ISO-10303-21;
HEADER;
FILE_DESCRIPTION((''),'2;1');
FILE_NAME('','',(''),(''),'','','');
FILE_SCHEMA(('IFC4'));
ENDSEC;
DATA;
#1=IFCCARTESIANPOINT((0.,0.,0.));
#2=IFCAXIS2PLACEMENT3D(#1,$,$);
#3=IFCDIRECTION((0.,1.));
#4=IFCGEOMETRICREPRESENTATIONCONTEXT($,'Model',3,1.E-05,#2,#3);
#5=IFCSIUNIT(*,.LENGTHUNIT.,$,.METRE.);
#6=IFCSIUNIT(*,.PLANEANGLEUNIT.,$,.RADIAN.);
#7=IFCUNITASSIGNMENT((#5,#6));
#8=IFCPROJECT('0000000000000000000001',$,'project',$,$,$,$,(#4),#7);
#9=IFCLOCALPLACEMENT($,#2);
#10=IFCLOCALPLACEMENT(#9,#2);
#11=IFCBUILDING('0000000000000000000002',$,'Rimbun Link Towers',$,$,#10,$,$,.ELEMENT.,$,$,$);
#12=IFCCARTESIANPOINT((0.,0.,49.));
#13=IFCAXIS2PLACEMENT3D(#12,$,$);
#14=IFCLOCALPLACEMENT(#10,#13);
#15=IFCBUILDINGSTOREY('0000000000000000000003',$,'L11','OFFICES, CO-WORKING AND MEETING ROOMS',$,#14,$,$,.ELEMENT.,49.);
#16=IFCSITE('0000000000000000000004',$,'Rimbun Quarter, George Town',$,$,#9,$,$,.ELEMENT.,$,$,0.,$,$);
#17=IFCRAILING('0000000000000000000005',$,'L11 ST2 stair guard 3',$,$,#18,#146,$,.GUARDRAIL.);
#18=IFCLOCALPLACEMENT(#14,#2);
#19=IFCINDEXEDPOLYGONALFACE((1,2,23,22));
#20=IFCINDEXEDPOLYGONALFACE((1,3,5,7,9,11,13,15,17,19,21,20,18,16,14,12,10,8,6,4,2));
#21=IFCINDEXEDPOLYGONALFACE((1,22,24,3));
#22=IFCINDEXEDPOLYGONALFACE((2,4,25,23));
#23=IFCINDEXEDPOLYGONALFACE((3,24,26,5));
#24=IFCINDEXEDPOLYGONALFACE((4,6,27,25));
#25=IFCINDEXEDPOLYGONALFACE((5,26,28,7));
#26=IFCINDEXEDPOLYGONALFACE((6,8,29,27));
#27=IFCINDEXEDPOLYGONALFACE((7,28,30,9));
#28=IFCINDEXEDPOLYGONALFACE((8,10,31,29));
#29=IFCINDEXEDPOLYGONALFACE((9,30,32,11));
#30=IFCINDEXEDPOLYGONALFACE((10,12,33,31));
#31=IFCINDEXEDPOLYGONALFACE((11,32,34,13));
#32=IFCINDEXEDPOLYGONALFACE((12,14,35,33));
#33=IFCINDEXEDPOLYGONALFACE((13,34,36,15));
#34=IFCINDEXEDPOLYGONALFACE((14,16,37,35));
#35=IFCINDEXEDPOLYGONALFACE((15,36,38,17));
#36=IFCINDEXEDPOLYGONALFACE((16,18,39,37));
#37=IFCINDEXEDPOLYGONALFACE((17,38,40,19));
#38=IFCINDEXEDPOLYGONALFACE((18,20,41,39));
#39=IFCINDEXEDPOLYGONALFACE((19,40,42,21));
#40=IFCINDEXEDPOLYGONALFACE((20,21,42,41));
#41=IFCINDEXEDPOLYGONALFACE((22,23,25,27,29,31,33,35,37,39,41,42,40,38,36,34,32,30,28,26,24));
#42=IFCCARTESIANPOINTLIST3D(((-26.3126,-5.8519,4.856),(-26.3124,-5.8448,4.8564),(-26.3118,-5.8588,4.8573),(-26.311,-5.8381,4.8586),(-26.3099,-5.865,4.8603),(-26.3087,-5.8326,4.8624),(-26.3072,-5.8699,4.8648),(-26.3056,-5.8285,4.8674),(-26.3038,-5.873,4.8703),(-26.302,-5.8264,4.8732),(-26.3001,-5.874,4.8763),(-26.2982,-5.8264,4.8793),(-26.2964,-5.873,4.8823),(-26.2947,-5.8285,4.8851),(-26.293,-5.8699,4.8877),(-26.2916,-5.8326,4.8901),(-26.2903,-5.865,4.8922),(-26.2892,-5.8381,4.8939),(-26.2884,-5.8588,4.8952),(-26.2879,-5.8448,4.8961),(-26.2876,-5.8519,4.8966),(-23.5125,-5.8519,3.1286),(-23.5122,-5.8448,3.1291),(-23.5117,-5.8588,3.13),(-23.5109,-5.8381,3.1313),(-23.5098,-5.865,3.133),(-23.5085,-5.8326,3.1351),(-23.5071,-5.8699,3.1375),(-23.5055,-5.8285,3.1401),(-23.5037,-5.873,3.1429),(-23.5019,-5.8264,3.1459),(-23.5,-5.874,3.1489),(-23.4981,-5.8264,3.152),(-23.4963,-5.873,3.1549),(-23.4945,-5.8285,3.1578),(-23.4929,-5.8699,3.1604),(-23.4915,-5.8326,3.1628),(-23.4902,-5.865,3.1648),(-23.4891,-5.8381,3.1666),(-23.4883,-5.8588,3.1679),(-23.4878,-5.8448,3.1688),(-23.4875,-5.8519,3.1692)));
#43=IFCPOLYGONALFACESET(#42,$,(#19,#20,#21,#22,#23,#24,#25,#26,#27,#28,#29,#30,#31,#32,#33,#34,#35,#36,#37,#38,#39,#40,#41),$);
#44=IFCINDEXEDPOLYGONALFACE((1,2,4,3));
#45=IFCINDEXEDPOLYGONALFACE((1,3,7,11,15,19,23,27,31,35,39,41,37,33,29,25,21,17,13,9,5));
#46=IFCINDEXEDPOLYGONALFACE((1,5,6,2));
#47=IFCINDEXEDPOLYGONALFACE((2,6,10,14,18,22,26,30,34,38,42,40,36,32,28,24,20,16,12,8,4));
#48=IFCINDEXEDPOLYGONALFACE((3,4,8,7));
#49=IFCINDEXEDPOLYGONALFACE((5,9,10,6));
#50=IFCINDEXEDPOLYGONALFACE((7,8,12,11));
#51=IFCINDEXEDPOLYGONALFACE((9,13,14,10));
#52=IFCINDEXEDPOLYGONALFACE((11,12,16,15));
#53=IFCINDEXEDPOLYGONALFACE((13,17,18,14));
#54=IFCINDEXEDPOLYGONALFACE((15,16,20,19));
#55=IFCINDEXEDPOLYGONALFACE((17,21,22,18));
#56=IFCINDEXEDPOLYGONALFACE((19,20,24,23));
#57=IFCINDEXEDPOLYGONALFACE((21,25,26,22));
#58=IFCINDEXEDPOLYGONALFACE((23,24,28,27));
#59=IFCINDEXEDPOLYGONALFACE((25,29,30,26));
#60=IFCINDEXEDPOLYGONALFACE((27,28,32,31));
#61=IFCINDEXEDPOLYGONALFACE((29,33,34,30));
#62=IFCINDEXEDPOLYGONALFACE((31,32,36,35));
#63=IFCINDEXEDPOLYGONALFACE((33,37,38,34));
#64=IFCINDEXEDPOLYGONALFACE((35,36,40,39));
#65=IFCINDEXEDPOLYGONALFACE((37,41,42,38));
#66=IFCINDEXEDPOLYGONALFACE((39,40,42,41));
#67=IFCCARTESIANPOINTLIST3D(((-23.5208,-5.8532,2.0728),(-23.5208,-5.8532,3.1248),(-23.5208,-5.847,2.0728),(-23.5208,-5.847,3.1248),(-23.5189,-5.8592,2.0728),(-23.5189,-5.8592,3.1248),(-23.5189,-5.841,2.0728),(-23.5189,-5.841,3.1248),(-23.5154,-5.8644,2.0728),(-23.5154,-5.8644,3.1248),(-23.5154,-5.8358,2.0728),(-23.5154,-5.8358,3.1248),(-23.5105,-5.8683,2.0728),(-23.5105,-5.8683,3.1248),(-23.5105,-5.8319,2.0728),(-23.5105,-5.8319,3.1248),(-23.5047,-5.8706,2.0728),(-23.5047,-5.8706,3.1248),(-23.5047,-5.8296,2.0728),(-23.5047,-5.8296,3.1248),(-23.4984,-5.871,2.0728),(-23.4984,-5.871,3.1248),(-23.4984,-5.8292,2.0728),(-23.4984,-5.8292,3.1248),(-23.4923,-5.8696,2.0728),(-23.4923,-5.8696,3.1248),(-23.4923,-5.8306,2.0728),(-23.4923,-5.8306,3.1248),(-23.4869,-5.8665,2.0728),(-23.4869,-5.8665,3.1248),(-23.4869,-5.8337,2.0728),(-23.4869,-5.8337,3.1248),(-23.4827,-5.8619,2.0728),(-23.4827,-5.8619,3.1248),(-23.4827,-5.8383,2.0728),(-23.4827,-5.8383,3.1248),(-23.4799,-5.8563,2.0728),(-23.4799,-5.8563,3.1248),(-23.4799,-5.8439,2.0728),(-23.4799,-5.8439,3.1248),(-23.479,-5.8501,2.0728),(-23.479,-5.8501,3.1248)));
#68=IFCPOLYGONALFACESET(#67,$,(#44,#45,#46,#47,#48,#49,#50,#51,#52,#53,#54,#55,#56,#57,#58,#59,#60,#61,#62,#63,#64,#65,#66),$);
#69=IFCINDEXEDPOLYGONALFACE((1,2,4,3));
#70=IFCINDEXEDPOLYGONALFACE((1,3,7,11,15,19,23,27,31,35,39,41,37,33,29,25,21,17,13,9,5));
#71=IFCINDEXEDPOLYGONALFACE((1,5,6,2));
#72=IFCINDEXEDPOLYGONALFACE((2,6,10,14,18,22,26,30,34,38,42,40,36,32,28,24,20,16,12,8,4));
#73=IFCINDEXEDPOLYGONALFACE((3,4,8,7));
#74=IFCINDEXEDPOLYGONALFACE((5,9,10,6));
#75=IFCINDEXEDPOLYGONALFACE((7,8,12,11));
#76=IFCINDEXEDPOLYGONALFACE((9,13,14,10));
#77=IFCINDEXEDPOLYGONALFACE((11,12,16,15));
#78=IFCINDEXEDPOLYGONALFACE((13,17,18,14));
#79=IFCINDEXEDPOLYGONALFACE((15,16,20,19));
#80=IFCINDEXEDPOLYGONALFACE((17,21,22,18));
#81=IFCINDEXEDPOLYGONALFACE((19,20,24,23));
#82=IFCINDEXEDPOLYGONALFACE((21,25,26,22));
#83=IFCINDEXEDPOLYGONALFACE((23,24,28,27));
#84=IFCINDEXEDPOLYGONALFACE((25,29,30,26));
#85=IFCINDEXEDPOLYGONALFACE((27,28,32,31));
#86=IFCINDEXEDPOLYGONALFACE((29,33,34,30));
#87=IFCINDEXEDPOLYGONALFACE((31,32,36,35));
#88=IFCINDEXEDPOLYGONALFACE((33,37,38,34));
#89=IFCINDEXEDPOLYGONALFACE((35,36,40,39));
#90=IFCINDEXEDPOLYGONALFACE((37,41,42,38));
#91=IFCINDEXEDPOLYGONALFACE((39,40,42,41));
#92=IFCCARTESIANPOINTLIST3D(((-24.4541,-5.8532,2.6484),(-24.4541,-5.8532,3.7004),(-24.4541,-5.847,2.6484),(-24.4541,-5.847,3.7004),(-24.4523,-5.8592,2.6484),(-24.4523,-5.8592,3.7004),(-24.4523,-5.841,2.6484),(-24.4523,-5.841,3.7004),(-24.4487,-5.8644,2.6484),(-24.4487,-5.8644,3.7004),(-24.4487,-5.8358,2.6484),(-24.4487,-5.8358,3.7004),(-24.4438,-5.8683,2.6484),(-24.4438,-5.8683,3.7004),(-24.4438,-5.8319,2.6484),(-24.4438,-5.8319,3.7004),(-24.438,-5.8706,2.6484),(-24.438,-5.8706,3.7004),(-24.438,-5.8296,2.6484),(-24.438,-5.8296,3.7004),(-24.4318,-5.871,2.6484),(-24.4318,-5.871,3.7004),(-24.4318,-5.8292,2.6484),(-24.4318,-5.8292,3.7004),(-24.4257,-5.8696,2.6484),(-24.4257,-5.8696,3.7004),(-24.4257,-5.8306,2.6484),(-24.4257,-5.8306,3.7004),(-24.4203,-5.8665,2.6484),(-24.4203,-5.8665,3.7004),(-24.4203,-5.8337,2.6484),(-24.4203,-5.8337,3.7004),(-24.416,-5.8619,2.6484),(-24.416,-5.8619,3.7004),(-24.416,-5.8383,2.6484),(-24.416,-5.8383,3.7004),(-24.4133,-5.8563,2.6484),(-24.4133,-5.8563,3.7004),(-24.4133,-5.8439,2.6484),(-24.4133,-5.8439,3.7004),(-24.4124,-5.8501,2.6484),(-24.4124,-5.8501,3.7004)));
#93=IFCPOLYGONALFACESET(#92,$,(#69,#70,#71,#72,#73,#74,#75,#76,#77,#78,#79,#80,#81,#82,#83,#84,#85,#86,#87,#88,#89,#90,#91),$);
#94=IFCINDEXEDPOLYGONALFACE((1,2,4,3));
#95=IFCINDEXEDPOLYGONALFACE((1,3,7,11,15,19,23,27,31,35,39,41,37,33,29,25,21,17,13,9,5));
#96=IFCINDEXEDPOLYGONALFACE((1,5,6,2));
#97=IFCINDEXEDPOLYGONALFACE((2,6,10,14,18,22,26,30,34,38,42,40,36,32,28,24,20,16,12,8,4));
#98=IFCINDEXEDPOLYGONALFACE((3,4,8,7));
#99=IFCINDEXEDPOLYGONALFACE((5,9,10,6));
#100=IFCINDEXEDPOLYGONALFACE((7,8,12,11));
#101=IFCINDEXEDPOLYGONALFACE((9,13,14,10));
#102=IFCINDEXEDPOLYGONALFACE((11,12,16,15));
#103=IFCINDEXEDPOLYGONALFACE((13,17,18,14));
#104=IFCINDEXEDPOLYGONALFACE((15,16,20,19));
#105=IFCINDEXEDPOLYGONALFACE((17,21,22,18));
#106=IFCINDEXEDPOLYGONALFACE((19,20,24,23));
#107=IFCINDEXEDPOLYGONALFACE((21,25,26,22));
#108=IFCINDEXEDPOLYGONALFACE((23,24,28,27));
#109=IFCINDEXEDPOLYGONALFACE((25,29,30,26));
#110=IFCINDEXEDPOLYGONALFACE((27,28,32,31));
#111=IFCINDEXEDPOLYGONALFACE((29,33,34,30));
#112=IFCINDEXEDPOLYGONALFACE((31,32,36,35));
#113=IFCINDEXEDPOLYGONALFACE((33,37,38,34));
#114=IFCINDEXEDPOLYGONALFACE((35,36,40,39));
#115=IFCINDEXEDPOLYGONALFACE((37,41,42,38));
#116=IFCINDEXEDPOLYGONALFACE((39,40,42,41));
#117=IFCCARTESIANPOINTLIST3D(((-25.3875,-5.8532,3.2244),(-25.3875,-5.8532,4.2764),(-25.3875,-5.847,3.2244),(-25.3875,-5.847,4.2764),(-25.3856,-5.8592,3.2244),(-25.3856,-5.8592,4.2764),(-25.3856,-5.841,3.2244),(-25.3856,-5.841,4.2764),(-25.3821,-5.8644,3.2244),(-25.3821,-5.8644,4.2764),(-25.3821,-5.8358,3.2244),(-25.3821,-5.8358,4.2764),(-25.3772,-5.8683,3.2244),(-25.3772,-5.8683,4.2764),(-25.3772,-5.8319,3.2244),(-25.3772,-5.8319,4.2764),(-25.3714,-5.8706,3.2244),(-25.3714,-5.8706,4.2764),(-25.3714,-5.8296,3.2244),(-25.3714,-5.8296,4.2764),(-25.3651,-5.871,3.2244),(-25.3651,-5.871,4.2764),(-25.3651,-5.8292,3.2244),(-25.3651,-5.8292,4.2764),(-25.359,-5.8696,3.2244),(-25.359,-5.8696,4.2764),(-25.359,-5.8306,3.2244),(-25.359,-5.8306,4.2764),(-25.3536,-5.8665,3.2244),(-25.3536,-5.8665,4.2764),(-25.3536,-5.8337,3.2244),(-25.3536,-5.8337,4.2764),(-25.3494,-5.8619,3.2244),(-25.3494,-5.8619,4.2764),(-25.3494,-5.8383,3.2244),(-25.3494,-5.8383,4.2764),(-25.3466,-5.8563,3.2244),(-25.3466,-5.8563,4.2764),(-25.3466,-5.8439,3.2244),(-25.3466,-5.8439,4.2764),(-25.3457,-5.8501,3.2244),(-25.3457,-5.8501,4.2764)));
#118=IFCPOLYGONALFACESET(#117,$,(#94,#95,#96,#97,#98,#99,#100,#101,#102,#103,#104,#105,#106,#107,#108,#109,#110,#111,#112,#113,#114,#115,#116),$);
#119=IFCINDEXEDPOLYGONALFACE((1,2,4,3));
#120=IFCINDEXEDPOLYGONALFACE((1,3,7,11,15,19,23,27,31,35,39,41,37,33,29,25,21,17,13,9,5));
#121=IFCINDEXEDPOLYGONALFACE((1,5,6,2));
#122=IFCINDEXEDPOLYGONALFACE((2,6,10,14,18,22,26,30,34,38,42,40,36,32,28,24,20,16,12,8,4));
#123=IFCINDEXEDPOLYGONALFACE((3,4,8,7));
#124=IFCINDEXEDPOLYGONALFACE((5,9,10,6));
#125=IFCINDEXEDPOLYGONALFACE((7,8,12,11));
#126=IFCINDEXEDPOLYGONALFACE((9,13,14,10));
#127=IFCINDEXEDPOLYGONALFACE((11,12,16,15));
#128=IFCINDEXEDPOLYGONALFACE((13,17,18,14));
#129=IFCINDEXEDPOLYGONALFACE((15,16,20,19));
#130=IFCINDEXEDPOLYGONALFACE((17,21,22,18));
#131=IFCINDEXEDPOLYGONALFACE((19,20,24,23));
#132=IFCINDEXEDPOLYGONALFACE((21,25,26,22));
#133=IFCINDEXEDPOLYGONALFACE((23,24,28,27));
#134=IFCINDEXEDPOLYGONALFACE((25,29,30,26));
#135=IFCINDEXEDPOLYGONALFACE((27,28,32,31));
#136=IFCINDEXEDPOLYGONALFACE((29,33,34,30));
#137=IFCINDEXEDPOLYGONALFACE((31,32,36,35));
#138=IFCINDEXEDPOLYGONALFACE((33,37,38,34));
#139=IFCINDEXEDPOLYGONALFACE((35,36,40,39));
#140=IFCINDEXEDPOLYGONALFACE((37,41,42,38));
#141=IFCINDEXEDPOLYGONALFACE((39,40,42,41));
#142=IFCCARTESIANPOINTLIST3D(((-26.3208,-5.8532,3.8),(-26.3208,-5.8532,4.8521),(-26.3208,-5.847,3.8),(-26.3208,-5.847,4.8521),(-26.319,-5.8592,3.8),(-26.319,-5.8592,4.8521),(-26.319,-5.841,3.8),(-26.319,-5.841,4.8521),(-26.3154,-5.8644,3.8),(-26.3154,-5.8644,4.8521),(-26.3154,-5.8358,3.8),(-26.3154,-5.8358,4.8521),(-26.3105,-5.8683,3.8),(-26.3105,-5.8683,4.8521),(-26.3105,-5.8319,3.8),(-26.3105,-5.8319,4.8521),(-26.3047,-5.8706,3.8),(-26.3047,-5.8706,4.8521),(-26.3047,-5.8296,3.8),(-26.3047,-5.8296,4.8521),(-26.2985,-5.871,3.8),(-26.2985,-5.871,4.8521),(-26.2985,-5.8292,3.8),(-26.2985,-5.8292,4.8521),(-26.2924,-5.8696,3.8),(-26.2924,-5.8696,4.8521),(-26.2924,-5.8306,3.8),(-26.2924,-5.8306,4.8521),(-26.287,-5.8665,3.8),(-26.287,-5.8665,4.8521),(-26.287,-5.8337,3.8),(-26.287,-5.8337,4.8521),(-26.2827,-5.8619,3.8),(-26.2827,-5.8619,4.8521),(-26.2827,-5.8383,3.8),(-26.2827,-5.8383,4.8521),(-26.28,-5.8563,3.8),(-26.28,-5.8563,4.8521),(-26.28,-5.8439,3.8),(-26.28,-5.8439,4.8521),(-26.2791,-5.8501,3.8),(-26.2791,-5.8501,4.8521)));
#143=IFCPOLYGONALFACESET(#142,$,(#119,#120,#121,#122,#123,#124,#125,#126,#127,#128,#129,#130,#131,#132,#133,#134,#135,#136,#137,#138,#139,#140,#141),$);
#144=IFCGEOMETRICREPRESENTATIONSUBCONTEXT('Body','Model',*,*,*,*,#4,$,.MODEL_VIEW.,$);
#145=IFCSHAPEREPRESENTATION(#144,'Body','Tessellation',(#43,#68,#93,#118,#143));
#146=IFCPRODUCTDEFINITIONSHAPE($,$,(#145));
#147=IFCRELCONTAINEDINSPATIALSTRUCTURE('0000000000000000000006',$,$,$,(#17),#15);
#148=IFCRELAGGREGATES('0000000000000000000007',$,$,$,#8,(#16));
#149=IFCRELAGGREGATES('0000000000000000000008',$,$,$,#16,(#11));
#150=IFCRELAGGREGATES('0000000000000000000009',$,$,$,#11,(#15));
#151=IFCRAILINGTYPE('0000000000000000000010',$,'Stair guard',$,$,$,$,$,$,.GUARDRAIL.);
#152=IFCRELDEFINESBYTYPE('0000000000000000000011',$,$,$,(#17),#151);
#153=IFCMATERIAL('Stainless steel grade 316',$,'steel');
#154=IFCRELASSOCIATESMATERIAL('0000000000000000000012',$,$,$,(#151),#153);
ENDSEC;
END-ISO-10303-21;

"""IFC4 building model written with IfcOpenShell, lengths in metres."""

from ifc_helpers import new_model, si_unit, direction, frame, origin, origin_2d, place, context, subcontext, project, spatial, circle, extrude, material, type_object, element, save


model = new_model("IFC4")

# Units and contexts
model_context = context("Model", 3, precision=1e-05, world=origin(), true_north=direction((0.0, 1.0)))
body_context = subcontext(model_context, "Body", "Model", "MODEL_VIEW")
ifc_project = project(units=[si_unit("LENGTHUNIT", "METRE"), si_unit("PLANEANGLEUNIT", "RADIAN")], contexts=[model_context])

# Site, building, storey
site_placement = place(None, origin())
site = spatial("IfcSite", under=ifc_project, at=site_placement, Name="Rimbun Quarter, George Town", CompositionType="ELEMENT", RefElevation=0.0)
building_placement = place(site_placement, origin())
building = spatial("IfcBuilding", under=site, at=building_placement, Name="Rimbun Link Towers", CompositionType="ELEMENT")
storey_placement = place(building_placement, frame((0.0, 0.0, 49.0)))
storey = spatial("IfcBuildingStorey", under=building, at=storey_placement, Name="L11", Description="OFFICES, CO-WORKING AND MEETING ROOMS", CompositionType="ELEMENT", Elevation=49.0)

# Railing
ifc_material_1 = material(Name="Stainless steel grade 316", Category="steel")
railing_type_1 = type_object("IfcRailingType", Name="Stair guard", PredefinedType="GUARDRAIL", material=ifc_material_1)
railing_1_placement = place(storey_placement, frame((-23.5, -5.8501, 2.0728)))
element("IfcRailing", 1, at=railing_1_placement, inside=storey, type_object=railing_type_1, Name="L11 ST2 stair guard 3", PredefinedType="GUARDRAIL", context=body_context, shape_type="SweptSolid", body=[
    extrude(circle(Radius=0.0239, at=origin_2d()), frame((0.0, 0.0, 1.0762), z_axis=(-0.85109, 0.0, 0.52502), x_axis=(0.0, -1.0, 0.0)), (0.0, 0.0, 1.0), 3.29),
    extrude(circle(Radius=0.021, at=origin_2d()), origin(), (0.0, 0.0, 1.0), 1.052),
    extrude(circle(Radius=0.021, at=origin_2d()), frame((-0.9333, 0.0, 0.5757)), (0.0, 0.0, 1.0), 1.052),
    extrude(circle(Radius=0.021, at=origin_2d()), frame((-1.8667, 0.0, 1.1516)), (0.0, 0.0, 1.0), 1.052),
    extrude(circle(Radius=0.021, at=origin_2d()), frame((-2.8, 0.0, 1.7273)), (0.0, 0.0, 1.0), 1.052),
])

save(model, "model.ifc")
